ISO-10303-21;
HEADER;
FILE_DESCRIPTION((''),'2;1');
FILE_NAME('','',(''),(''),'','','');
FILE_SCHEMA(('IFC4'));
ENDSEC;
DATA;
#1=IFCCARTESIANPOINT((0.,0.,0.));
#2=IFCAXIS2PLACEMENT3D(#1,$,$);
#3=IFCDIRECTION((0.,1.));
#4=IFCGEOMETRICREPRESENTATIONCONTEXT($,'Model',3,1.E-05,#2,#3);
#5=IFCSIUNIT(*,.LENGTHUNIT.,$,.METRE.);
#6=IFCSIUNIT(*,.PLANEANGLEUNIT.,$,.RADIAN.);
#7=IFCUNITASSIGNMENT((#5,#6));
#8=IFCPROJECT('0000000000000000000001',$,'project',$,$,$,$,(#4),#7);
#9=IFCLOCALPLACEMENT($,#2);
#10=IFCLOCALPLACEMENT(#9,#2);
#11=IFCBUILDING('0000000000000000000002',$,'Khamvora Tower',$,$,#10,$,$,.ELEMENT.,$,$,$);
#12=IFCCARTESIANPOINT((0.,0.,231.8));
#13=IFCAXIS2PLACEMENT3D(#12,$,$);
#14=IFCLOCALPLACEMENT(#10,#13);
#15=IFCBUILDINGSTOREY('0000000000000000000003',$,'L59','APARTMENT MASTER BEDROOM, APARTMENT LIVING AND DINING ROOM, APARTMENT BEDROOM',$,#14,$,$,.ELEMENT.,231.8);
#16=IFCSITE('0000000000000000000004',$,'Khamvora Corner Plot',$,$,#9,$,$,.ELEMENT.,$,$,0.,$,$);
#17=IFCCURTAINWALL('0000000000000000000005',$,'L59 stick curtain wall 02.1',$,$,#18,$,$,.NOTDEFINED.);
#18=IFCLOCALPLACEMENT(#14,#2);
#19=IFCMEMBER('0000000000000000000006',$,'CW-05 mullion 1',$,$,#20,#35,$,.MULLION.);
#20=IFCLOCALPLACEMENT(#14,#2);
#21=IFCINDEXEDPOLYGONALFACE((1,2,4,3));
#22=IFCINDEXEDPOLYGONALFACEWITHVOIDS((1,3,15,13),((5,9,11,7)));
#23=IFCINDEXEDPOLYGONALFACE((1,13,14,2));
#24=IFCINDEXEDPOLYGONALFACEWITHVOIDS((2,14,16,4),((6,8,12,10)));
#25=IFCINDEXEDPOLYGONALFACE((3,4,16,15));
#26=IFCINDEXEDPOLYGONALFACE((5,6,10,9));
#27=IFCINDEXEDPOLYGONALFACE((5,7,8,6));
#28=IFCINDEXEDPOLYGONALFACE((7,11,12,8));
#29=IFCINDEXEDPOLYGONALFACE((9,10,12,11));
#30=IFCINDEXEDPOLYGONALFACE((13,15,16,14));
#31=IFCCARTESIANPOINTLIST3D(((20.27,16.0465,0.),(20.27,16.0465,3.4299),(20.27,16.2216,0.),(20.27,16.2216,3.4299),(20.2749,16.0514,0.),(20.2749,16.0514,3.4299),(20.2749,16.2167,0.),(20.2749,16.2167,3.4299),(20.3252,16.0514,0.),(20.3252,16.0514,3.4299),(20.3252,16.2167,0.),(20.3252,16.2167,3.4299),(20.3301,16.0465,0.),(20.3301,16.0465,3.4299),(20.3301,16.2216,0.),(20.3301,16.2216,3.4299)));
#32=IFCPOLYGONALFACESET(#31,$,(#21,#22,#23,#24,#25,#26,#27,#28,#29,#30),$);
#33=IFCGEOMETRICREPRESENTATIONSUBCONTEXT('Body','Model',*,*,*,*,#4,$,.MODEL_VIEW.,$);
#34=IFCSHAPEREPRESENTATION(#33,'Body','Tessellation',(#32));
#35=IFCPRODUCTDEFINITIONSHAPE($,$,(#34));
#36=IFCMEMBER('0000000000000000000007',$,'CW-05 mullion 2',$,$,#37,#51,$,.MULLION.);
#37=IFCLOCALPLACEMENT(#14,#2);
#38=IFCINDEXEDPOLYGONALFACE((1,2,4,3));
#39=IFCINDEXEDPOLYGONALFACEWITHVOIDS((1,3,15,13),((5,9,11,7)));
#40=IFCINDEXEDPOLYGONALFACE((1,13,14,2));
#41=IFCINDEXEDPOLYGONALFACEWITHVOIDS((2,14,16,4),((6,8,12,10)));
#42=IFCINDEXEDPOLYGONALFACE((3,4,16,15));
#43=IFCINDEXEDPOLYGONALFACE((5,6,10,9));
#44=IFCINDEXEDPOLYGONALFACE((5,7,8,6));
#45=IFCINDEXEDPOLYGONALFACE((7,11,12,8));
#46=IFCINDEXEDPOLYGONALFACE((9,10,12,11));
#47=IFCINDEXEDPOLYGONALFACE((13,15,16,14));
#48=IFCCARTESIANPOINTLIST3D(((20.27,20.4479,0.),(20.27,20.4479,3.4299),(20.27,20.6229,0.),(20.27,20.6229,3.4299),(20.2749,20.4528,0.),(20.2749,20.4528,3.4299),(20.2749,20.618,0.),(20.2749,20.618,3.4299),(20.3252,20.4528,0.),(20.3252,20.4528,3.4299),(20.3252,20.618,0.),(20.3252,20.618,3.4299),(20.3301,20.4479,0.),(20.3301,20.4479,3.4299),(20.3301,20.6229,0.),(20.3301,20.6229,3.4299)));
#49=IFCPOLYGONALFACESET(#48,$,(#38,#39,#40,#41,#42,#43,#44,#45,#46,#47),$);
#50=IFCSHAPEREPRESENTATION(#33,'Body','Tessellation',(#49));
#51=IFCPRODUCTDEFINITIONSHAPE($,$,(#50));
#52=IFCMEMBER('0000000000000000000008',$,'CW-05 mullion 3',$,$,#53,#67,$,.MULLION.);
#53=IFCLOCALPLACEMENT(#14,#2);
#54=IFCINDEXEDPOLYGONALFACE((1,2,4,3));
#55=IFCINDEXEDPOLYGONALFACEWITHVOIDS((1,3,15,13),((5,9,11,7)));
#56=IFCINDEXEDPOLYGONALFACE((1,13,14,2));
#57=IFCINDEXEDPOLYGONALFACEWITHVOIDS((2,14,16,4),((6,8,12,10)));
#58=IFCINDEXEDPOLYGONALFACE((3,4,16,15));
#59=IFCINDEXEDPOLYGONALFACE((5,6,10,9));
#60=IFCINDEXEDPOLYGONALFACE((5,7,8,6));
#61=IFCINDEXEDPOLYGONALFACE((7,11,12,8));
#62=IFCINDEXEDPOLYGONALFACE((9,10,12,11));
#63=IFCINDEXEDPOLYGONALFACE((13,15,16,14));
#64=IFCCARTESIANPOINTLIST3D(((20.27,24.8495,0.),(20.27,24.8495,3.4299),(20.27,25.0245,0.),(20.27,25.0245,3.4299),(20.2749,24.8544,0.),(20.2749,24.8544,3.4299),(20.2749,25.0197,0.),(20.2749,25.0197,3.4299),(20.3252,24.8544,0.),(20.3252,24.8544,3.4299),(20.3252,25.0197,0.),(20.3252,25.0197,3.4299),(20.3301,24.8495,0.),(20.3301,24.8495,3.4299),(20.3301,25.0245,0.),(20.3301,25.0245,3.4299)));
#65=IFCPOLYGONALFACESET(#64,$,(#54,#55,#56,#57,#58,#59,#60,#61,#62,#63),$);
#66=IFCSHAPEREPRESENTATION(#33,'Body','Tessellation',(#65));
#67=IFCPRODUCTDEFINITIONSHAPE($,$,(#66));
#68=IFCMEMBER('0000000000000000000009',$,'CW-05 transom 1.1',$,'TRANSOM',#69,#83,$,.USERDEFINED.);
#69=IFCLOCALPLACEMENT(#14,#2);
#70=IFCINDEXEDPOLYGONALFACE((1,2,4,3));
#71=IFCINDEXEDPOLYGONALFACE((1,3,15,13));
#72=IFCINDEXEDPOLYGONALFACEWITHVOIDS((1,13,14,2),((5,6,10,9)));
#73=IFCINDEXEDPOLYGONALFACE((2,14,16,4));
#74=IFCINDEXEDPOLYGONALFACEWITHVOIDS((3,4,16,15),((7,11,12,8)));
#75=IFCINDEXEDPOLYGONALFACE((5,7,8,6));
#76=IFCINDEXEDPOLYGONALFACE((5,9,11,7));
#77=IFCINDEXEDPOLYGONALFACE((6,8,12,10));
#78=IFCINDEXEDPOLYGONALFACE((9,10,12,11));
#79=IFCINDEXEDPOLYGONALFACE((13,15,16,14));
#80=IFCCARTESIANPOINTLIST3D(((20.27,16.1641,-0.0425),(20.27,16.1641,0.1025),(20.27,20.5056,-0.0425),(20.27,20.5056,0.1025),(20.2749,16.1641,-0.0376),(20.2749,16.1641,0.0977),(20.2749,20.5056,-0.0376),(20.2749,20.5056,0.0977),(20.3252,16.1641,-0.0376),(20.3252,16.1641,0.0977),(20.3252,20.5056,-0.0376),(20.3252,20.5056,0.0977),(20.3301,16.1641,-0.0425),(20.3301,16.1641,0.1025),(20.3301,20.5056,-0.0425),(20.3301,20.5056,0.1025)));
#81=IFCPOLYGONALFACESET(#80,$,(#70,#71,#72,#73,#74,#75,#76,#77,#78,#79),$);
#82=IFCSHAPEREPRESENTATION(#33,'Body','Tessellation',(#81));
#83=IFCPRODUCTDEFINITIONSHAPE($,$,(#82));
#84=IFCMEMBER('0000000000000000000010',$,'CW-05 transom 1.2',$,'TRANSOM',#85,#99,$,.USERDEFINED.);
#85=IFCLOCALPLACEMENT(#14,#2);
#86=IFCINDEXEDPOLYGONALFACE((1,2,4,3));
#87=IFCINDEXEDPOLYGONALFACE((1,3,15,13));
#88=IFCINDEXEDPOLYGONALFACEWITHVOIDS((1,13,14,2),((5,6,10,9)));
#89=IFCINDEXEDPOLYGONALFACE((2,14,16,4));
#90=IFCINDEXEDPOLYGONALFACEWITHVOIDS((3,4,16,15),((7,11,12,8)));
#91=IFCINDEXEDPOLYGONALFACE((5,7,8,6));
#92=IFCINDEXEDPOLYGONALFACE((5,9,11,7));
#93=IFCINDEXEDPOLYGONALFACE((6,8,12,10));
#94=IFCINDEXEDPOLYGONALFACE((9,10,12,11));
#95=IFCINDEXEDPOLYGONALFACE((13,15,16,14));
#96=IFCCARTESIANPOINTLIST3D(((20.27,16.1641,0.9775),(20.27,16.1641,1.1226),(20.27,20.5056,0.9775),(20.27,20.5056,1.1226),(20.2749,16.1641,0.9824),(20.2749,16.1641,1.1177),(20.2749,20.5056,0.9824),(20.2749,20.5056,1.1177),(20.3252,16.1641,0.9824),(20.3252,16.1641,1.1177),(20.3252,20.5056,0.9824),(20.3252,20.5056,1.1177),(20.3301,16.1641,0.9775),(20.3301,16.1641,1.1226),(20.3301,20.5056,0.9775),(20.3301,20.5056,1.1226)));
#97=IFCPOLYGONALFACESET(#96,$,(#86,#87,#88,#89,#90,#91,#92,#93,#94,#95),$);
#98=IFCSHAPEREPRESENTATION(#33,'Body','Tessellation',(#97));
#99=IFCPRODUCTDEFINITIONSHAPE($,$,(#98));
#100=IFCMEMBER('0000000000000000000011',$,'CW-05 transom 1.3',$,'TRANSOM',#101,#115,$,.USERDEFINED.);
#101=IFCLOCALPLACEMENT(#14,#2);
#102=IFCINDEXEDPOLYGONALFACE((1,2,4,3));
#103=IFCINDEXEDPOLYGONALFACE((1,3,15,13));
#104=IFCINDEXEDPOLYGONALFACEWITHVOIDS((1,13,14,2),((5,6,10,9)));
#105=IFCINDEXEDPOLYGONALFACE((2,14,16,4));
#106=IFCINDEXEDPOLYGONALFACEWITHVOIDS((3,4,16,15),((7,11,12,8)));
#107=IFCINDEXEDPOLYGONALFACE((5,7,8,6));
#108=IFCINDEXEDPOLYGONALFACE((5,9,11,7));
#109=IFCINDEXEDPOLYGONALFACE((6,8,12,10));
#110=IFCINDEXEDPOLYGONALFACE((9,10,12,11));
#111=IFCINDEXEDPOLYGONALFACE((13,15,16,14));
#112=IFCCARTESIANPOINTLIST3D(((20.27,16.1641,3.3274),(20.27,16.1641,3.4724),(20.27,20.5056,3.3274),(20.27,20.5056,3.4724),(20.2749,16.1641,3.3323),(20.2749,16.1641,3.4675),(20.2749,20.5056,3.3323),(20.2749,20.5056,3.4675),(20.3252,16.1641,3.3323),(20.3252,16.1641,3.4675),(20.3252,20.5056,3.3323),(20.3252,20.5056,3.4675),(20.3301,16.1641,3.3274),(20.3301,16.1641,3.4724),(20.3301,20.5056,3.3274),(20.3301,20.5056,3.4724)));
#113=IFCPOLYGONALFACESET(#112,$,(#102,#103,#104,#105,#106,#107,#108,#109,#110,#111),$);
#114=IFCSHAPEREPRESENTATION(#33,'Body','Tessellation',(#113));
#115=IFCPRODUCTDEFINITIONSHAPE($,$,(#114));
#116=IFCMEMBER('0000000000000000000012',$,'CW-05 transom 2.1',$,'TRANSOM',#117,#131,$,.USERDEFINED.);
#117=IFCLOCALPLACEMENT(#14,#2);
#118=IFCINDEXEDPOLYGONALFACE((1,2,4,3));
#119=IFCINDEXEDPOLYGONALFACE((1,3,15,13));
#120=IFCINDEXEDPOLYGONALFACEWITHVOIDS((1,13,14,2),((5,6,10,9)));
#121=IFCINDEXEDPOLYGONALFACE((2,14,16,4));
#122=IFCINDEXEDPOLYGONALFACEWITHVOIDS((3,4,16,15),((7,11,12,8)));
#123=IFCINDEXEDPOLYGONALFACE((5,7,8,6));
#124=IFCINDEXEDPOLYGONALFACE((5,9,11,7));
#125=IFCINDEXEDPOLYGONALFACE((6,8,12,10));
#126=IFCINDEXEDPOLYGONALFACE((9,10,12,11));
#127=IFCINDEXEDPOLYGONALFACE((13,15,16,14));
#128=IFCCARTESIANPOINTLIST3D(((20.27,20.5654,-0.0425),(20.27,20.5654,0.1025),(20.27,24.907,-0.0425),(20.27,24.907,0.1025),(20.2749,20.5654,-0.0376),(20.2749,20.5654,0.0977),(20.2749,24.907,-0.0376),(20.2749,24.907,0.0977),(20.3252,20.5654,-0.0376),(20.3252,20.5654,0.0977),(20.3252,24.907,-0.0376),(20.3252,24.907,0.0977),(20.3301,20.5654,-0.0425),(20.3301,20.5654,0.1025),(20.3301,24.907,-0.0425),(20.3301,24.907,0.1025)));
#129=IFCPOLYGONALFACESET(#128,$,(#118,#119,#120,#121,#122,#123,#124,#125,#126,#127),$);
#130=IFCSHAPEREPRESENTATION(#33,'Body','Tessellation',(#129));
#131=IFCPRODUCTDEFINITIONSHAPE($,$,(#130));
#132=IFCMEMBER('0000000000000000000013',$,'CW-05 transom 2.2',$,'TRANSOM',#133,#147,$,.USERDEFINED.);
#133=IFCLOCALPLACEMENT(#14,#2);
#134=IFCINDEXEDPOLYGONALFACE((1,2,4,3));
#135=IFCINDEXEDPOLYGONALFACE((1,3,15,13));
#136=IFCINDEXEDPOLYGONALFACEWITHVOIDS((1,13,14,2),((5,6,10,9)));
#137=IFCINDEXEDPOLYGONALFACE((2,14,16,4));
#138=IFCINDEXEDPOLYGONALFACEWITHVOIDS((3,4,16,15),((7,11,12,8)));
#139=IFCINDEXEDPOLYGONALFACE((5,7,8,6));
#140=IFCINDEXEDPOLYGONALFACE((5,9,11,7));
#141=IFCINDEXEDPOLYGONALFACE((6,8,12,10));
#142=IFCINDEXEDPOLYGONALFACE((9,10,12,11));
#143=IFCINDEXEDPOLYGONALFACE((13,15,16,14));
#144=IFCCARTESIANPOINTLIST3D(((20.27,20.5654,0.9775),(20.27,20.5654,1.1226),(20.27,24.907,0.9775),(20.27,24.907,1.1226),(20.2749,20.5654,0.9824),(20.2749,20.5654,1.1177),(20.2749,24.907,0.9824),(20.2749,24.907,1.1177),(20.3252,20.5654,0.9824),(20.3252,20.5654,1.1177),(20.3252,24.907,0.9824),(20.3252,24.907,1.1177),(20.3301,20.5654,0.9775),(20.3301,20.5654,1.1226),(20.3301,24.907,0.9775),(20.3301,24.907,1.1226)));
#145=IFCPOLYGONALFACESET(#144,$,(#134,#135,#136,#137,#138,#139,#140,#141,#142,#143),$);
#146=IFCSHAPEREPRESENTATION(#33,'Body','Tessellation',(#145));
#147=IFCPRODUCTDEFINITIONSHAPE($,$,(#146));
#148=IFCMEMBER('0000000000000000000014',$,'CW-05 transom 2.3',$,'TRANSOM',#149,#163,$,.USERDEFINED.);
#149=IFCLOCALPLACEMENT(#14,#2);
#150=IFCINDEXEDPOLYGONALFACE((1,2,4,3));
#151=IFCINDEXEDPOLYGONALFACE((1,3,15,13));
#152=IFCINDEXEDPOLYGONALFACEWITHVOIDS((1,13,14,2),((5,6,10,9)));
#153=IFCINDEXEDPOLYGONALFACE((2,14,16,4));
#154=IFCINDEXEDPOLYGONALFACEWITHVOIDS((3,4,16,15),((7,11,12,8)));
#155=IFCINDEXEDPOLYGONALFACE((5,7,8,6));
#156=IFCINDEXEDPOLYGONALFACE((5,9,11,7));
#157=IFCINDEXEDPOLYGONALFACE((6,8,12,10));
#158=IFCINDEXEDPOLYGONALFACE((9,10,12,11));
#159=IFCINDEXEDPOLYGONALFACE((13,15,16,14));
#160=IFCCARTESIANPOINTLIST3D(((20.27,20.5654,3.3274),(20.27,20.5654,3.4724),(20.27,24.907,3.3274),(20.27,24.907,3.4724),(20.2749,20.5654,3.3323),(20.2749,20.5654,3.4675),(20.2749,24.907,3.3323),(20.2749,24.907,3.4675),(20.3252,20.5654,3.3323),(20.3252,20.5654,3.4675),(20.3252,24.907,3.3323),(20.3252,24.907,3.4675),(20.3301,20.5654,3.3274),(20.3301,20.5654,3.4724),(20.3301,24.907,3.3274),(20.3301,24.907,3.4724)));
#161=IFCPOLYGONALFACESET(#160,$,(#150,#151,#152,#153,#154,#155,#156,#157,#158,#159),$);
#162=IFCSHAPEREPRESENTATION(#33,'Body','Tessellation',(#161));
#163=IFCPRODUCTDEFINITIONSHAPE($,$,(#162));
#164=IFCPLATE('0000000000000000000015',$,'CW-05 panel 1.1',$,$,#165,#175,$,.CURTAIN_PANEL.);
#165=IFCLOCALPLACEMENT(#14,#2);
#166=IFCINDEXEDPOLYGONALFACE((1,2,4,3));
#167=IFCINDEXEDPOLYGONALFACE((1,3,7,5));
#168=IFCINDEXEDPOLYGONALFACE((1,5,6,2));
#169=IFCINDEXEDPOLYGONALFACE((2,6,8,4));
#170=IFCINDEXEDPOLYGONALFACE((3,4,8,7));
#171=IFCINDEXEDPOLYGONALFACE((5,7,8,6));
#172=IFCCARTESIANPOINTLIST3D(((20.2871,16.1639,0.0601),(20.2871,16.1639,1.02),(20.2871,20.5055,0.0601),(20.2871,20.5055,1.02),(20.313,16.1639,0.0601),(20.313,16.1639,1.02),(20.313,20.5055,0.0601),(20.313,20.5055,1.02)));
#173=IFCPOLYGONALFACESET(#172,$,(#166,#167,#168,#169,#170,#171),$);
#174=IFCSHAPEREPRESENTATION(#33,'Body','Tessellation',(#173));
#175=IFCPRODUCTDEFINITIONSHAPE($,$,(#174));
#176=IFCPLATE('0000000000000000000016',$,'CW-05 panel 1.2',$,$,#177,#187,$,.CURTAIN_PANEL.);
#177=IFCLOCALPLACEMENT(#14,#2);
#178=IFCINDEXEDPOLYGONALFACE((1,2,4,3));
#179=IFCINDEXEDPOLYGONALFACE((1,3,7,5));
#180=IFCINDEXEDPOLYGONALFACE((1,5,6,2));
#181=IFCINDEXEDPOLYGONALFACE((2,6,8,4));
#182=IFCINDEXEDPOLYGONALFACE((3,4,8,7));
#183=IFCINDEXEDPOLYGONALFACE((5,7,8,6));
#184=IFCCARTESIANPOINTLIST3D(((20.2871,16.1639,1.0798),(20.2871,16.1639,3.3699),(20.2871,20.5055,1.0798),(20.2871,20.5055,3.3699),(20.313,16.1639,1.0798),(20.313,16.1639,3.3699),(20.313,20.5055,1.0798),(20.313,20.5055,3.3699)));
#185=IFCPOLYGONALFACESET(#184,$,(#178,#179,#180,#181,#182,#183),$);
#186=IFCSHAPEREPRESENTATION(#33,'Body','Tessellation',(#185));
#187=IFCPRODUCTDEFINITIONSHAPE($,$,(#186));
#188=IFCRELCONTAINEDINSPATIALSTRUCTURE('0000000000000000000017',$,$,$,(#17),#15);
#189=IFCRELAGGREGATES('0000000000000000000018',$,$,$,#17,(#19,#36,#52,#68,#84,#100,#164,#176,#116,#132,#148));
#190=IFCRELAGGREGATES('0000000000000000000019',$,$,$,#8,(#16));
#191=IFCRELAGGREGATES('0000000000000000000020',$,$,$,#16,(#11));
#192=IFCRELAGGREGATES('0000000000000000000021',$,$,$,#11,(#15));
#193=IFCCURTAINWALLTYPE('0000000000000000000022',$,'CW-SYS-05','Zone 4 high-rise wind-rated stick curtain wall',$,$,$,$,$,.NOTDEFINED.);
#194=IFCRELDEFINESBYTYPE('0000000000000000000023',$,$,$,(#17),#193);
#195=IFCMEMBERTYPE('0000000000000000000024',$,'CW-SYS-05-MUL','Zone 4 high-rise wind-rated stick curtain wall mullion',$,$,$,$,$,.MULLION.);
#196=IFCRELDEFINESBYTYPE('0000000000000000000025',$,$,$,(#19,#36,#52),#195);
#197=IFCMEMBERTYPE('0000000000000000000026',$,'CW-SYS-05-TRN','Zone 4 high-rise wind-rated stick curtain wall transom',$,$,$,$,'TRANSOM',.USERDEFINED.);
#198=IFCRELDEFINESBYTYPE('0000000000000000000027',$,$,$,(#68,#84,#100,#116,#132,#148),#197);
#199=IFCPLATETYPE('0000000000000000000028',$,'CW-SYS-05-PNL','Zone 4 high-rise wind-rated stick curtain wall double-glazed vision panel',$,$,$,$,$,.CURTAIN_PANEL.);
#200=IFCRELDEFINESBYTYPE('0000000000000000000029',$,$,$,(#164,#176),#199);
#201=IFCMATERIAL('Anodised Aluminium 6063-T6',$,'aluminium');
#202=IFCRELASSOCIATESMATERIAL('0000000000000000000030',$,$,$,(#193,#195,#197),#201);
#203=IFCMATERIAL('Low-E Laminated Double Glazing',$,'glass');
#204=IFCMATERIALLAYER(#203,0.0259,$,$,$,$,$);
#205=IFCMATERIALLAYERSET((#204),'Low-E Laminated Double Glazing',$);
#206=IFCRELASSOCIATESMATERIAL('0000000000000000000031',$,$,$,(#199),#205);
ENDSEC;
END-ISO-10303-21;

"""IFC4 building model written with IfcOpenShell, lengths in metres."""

from ifc_helpers import new_model, si_unit, direction, frame, origin, origin_2d, place, context, subcontext, project, spatial, rectangle, hollow_rectangle, extrude, material, layer, layer_set, material_profile, profile_set, type_object, element, aggregate, save


model = new_model("IFC4")

# Units and contexts
model_context = context("Model", 3, precision=1e-05, world=origin(), true_north=direction((0.0, 1.0)))
body_context = subcontext(model_context, "Body", "Model", "MODEL_VIEW")
ifc_project = project(units=[si_unit("LENGTHUNIT", "METRE"), si_unit("PLANEANGLEUNIT", "RADIAN")], contexts=[model_context])

# Site, building, storey
site_placement = place(None, origin())
site = spatial("IfcSite", under=ifc_project, at=site_placement, Name="Khamvora Corner Plot", CompositionType="ELEMENT", RefElevation=0.0)
building_placement = place(site_placement, origin())
building = spatial("IfcBuilding", under=site, at=building_placement, Name="Khamvora Tower", CompositionType="ELEMENT")
storey_placement = place(building_placement, frame((0.0, 0.0, 231.8)))
storey = spatial("IfcBuildingStorey", under=building, at=storey_placement, Name="L59", Description="APARTMENT MASTER BEDROOM, APARTMENT LIVING AND DINING ROOM, APARTMENT BEDROOM", CompositionType="ELEMENT", Elevation=231.8)

# Curtain wall, members, plates
ifc_material_1 = material(Name="Anodised Aluminium 6063-T6", Category="aluminium")
curtain_wall_type = type_object("IfcCurtainWallType", Name="CW-SYS-05", Description="Zone 4 high-rise wind-rated stick curtain wall", PredefinedType="NOTDEFINED", material=ifc_material_1)
curtain_wall_placement = place(storey_placement, origin())
curtain_wall = element("IfcCurtainWall", 1, at=curtain_wall_placement, inside=storey, type_object=curtain_wall_type, Name="L59 stick curtain wall 02.1", PredefinedType="NOTDEFINED")
ifc_material_profile_1 = material_profile(ifc_material_1, hollow_rectangle(XDim=0.0601, YDim=0.175, WallThickness=0.0049, at=origin_2d()), Name="MUL60x175x5")
ifc_profile_set_1 = profile_set([ifc_material_profile_1], Name="Anodised Aluminium 6063-T6")
member_type_1 = type_object("IfcMemberType", Name="CW-SYS-05-MUL", Description="Zone 4 high-rise wind-rated stick curtain wall mullion", PredefinedType="MULLION", material=ifc_profile_set_1)
member_1_placement = place(storey_placement, frame((20.3, 16.134, 0.0), z_axis=(0.0, 0.0, 1.0), x_axis=(-1.0, 0.0, 0.0)))
member_1 = element("IfcMember", 2, at=member_1_placement, type_object=member_type_1, Name="CW-05 mullion 1", PredefinedType="MULLION", context=body_context, shape_type="SweptSolid", body=[
    extrude(hollow_rectangle(XDim=0.0601, YDim=0.175, WallThickness=0.0049, at=origin_2d()), origin(), (0.0, 0.0, 1.0), 3.4299),
])
member_2_placement = place(storey_placement, frame((20.3, 20.5354, 0.0), z_axis=(0.0, 0.0, 1.0), x_axis=(-1.0, 0.0, 0.0)))
member_2 = element("IfcMember", 3, at=member_2_placement, type_object=member_type_1, Name="CW-05 mullion 2", PredefinedType="MULLION", context=body_context, shape_type="SweptSolid", body=[
    extrude(hollow_rectangle(XDim=0.0601, YDim=0.175, WallThickness=0.0049, at=origin_2d()), origin(), (0.0, 0.0, 1.0), 3.4299),
])
member_3_placement = place(storey_placement, frame((20.3, 24.937, 0.0), z_axis=(0.0, 0.0, 1.0), x_axis=(-1.0, 0.0, 0.0)))
member_3 = element("IfcMember", 4, at=member_3_placement, type_object=member_type_1, Name="CW-05 mullion 3", PredefinedType="MULLION", context=body_context, shape_type="SweptSolid", body=[
    extrude(hollow_rectangle(XDim=0.0601, YDim=0.175, WallThickness=0.0049, at=origin_2d()), origin(), (0.0, 0.0, 1.0), 3.4299),
])
ifc_material_profile_2 = material_profile(ifc_material_1, hollow_rectangle(XDim=0.0601, YDim=0.145, WallThickness=0.0049, at=origin_2d()), Name="TRN60x145x5")
ifc_profile_set_2 = profile_set([ifc_material_profile_2], Name="Anodised Aluminium 6063-T6")
member_type_2 = type_object("IfcMemberType", Name="CW-SYS-05-TRN", Description="Zone 4 high-rise wind-rated stick curtain wall transom", ElementType="TRANSOM", PredefinedType="USERDEFINED", material=ifc_profile_set_2)
member_4_placement = place(storey_placement, frame((20.3, 16.1641, 0.03), z_axis=(0.0, 1.0, 0.0), x_axis=(-1.0, 0.0, 0.0)))
member_4 = element("IfcMember", 5, at=member_4_placement, type_object=member_type_2, Name="CW-05 transom 1.1", ObjectType="TRANSOM", PredefinedType="USERDEFINED", context=body_context, shape_type="SweptSolid", body=[
    extrude(hollow_rectangle(XDim=0.0601, YDim=0.145, WallThickness=0.0049, at=origin_2d()), origin(), (0.0, 0.0, 1.0), 4.3416),
])
member_5_placement = place(storey_placement, frame((20.3, 16.1641, 1.05), z_axis=(0.0, 1.0, 0.0), x_axis=(-1.0, 0.0, 0.0)))
member_5 = element("IfcMember", 6, at=member_5_placement, type_object=member_type_2, Name="CW-05 transom 1.2", ObjectType="TRANSOM", PredefinedType="USERDEFINED", context=body_context, shape_type="SweptSolid", body=[
    extrude(hollow_rectangle(XDim=0.0601, YDim=0.145, WallThickness=0.0049, at=origin_2d()), origin(), (0.0, 0.0, 1.0), 4.3416),
])
member_6_placement = place(storey_placement, frame((20.3, 16.1641, 3.3999), z_axis=(0.0, 1.0, 0.0), x_axis=(-1.0, 0.0, 0.0)))
member_6 = element("IfcMember", 7, at=member_6_placement, type_object=member_type_2, Name="CW-05 transom 1.3", ObjectType="TRANSOM", PredefinedType="USERDEFINED", context=body_context, shape_type="SweptSolid", body=[
    extrude(hollow_rectangle(XDim=0.0601, YDim=0.145, WallThickness=0.0049, at=origin_2d()), origin(), (0.0, 0.0, 1.0), 4.3416),
])
member_7_placement = place(storey_placement, frame((20.3, 20.5654, 0.03), z_axis=(0.0, 1.0, 0.0), x_axis=(-1.0, 0.0, 0.0)))
member_7 = element("IfcMember", 8, at=member_7_placement, type_object=member_type_2, Name="CW-05 transom 2.1", ObjectType="TRANSOM", PredefinedType="USERDEFINED", context=body_context, shape_type="SweptSolid", body=[
    extrude(hollow_rectangle(XDim=0.0601, YDim=0.145, WallThickness=0.0049, at=origin_2d()), origin(), (0.0, 0.0, 1.0), 4.3416),
])
member_8_placement = place(storey_placement, frame((20.3, 20.5654, 1.05), z_axis=(0.0, 1.0, 0.0), x_axis=(-1.0, 0.0, 0.0)))
member_8 = element("IfcMember", 9, at=member_8_placement, type_object=member_type_2, Name="CW-05 transom 2.2", ObjectType="TRANSOM", PredefinedType="USERDEFINED", context=body_context, shape_type="SweptSolid", body=[
    extrude(hollow_rectangle(XDim=0.0601, YDim=0.145, WallThickness=0.0049, at=origin_2d()), origin(), (0.0, 0.0, 1.0), 4.3416),
])
member_9_placement = place(storey_placement, frame((20.3, 20.5654, 3.3999), z_axis=(0.0, 1.0, 0.0), x_axis=(-1.0, 0.0, 0.0)))
member_9 = element("IfcMember", 10, at=member_9_placement, type_object=member_type_2, Name="CW-05 transom 2.3", ObjectType="TRANSOM", PredefinedType="USERDEFINED", context=body_context, shape_type="SweptSolid", body=[
    extrude(hollow_rectangle(XDim=0.0601, YDim=0.145, WallThickness=0.0049, at=origin_2d()), origin(), (0.0, 0.0, 1.0), 4.3416),
])
ifc_material_2 = material(Name="Low-E Laminated Double Glazing", Category="glass")
ifc_layer_1 = layer(ifc_material_2, 0.0259)
ifc_layer_set_1 = layer_set([ifc_layer_1], Name="Low-E Laminated Double Glazing")
plate_type = type_object("IfcPlateType", Name="CW-SYS-05-PNL", Description="Zone 4 high-rise wind-rated stick curtain wall double-glazed vision panel", PredefinedType="CURTAIN_PANEL", material=ifc_layer_set_1)
plate_1_placement = place(storey_placement, frame((20.3, 18.3347, 0.0601), z_axis=(0.0, 0.0, 1.0), x_axis=(0.0, 1.0, 0.0)))
plate_1 = element("IfcPlate", 11, at=plate_1_placement, type_object=plate_type, Name="CW-05 panel 1.1", PredefinedType="CURTAIN_PANEL", context=body_context, shape_type="SweptSolid", body=[
    extrude(rectangle(XDim=4.3416, YDim=0.0259, at=origin_2d()), origin(), (0.0, 0.0, 1.0), 0.96),
])
plate_2_placement = place(storey_placement, frame((20.3, 18.3347, 1.0798), z_axis=(0.0, 0.0, 1.0), x_axis=(0.0, 1.0, 0.0)))
plate_2 = element("IfcPlate", 12, at=plate_2_placement, type_object=plate_type, Name="CW-05 panel 1.2", PredefinedType="CURTAIN_PANEL", context=body_context, shape_type="SweptSolid", body=[
    extrude(rectangle(XDim=4.3416, YDim=0.0259, at=origin_2d()), origin(), (0.0, 0.0, 1.0), 2.29),
])
aggregate(curtain_wall, [member_1, member_2, member_3, member_4, member_5, member_6, plate_1, plate_2, member_7, member_8, member_9])

save(model, "model.ifc")
